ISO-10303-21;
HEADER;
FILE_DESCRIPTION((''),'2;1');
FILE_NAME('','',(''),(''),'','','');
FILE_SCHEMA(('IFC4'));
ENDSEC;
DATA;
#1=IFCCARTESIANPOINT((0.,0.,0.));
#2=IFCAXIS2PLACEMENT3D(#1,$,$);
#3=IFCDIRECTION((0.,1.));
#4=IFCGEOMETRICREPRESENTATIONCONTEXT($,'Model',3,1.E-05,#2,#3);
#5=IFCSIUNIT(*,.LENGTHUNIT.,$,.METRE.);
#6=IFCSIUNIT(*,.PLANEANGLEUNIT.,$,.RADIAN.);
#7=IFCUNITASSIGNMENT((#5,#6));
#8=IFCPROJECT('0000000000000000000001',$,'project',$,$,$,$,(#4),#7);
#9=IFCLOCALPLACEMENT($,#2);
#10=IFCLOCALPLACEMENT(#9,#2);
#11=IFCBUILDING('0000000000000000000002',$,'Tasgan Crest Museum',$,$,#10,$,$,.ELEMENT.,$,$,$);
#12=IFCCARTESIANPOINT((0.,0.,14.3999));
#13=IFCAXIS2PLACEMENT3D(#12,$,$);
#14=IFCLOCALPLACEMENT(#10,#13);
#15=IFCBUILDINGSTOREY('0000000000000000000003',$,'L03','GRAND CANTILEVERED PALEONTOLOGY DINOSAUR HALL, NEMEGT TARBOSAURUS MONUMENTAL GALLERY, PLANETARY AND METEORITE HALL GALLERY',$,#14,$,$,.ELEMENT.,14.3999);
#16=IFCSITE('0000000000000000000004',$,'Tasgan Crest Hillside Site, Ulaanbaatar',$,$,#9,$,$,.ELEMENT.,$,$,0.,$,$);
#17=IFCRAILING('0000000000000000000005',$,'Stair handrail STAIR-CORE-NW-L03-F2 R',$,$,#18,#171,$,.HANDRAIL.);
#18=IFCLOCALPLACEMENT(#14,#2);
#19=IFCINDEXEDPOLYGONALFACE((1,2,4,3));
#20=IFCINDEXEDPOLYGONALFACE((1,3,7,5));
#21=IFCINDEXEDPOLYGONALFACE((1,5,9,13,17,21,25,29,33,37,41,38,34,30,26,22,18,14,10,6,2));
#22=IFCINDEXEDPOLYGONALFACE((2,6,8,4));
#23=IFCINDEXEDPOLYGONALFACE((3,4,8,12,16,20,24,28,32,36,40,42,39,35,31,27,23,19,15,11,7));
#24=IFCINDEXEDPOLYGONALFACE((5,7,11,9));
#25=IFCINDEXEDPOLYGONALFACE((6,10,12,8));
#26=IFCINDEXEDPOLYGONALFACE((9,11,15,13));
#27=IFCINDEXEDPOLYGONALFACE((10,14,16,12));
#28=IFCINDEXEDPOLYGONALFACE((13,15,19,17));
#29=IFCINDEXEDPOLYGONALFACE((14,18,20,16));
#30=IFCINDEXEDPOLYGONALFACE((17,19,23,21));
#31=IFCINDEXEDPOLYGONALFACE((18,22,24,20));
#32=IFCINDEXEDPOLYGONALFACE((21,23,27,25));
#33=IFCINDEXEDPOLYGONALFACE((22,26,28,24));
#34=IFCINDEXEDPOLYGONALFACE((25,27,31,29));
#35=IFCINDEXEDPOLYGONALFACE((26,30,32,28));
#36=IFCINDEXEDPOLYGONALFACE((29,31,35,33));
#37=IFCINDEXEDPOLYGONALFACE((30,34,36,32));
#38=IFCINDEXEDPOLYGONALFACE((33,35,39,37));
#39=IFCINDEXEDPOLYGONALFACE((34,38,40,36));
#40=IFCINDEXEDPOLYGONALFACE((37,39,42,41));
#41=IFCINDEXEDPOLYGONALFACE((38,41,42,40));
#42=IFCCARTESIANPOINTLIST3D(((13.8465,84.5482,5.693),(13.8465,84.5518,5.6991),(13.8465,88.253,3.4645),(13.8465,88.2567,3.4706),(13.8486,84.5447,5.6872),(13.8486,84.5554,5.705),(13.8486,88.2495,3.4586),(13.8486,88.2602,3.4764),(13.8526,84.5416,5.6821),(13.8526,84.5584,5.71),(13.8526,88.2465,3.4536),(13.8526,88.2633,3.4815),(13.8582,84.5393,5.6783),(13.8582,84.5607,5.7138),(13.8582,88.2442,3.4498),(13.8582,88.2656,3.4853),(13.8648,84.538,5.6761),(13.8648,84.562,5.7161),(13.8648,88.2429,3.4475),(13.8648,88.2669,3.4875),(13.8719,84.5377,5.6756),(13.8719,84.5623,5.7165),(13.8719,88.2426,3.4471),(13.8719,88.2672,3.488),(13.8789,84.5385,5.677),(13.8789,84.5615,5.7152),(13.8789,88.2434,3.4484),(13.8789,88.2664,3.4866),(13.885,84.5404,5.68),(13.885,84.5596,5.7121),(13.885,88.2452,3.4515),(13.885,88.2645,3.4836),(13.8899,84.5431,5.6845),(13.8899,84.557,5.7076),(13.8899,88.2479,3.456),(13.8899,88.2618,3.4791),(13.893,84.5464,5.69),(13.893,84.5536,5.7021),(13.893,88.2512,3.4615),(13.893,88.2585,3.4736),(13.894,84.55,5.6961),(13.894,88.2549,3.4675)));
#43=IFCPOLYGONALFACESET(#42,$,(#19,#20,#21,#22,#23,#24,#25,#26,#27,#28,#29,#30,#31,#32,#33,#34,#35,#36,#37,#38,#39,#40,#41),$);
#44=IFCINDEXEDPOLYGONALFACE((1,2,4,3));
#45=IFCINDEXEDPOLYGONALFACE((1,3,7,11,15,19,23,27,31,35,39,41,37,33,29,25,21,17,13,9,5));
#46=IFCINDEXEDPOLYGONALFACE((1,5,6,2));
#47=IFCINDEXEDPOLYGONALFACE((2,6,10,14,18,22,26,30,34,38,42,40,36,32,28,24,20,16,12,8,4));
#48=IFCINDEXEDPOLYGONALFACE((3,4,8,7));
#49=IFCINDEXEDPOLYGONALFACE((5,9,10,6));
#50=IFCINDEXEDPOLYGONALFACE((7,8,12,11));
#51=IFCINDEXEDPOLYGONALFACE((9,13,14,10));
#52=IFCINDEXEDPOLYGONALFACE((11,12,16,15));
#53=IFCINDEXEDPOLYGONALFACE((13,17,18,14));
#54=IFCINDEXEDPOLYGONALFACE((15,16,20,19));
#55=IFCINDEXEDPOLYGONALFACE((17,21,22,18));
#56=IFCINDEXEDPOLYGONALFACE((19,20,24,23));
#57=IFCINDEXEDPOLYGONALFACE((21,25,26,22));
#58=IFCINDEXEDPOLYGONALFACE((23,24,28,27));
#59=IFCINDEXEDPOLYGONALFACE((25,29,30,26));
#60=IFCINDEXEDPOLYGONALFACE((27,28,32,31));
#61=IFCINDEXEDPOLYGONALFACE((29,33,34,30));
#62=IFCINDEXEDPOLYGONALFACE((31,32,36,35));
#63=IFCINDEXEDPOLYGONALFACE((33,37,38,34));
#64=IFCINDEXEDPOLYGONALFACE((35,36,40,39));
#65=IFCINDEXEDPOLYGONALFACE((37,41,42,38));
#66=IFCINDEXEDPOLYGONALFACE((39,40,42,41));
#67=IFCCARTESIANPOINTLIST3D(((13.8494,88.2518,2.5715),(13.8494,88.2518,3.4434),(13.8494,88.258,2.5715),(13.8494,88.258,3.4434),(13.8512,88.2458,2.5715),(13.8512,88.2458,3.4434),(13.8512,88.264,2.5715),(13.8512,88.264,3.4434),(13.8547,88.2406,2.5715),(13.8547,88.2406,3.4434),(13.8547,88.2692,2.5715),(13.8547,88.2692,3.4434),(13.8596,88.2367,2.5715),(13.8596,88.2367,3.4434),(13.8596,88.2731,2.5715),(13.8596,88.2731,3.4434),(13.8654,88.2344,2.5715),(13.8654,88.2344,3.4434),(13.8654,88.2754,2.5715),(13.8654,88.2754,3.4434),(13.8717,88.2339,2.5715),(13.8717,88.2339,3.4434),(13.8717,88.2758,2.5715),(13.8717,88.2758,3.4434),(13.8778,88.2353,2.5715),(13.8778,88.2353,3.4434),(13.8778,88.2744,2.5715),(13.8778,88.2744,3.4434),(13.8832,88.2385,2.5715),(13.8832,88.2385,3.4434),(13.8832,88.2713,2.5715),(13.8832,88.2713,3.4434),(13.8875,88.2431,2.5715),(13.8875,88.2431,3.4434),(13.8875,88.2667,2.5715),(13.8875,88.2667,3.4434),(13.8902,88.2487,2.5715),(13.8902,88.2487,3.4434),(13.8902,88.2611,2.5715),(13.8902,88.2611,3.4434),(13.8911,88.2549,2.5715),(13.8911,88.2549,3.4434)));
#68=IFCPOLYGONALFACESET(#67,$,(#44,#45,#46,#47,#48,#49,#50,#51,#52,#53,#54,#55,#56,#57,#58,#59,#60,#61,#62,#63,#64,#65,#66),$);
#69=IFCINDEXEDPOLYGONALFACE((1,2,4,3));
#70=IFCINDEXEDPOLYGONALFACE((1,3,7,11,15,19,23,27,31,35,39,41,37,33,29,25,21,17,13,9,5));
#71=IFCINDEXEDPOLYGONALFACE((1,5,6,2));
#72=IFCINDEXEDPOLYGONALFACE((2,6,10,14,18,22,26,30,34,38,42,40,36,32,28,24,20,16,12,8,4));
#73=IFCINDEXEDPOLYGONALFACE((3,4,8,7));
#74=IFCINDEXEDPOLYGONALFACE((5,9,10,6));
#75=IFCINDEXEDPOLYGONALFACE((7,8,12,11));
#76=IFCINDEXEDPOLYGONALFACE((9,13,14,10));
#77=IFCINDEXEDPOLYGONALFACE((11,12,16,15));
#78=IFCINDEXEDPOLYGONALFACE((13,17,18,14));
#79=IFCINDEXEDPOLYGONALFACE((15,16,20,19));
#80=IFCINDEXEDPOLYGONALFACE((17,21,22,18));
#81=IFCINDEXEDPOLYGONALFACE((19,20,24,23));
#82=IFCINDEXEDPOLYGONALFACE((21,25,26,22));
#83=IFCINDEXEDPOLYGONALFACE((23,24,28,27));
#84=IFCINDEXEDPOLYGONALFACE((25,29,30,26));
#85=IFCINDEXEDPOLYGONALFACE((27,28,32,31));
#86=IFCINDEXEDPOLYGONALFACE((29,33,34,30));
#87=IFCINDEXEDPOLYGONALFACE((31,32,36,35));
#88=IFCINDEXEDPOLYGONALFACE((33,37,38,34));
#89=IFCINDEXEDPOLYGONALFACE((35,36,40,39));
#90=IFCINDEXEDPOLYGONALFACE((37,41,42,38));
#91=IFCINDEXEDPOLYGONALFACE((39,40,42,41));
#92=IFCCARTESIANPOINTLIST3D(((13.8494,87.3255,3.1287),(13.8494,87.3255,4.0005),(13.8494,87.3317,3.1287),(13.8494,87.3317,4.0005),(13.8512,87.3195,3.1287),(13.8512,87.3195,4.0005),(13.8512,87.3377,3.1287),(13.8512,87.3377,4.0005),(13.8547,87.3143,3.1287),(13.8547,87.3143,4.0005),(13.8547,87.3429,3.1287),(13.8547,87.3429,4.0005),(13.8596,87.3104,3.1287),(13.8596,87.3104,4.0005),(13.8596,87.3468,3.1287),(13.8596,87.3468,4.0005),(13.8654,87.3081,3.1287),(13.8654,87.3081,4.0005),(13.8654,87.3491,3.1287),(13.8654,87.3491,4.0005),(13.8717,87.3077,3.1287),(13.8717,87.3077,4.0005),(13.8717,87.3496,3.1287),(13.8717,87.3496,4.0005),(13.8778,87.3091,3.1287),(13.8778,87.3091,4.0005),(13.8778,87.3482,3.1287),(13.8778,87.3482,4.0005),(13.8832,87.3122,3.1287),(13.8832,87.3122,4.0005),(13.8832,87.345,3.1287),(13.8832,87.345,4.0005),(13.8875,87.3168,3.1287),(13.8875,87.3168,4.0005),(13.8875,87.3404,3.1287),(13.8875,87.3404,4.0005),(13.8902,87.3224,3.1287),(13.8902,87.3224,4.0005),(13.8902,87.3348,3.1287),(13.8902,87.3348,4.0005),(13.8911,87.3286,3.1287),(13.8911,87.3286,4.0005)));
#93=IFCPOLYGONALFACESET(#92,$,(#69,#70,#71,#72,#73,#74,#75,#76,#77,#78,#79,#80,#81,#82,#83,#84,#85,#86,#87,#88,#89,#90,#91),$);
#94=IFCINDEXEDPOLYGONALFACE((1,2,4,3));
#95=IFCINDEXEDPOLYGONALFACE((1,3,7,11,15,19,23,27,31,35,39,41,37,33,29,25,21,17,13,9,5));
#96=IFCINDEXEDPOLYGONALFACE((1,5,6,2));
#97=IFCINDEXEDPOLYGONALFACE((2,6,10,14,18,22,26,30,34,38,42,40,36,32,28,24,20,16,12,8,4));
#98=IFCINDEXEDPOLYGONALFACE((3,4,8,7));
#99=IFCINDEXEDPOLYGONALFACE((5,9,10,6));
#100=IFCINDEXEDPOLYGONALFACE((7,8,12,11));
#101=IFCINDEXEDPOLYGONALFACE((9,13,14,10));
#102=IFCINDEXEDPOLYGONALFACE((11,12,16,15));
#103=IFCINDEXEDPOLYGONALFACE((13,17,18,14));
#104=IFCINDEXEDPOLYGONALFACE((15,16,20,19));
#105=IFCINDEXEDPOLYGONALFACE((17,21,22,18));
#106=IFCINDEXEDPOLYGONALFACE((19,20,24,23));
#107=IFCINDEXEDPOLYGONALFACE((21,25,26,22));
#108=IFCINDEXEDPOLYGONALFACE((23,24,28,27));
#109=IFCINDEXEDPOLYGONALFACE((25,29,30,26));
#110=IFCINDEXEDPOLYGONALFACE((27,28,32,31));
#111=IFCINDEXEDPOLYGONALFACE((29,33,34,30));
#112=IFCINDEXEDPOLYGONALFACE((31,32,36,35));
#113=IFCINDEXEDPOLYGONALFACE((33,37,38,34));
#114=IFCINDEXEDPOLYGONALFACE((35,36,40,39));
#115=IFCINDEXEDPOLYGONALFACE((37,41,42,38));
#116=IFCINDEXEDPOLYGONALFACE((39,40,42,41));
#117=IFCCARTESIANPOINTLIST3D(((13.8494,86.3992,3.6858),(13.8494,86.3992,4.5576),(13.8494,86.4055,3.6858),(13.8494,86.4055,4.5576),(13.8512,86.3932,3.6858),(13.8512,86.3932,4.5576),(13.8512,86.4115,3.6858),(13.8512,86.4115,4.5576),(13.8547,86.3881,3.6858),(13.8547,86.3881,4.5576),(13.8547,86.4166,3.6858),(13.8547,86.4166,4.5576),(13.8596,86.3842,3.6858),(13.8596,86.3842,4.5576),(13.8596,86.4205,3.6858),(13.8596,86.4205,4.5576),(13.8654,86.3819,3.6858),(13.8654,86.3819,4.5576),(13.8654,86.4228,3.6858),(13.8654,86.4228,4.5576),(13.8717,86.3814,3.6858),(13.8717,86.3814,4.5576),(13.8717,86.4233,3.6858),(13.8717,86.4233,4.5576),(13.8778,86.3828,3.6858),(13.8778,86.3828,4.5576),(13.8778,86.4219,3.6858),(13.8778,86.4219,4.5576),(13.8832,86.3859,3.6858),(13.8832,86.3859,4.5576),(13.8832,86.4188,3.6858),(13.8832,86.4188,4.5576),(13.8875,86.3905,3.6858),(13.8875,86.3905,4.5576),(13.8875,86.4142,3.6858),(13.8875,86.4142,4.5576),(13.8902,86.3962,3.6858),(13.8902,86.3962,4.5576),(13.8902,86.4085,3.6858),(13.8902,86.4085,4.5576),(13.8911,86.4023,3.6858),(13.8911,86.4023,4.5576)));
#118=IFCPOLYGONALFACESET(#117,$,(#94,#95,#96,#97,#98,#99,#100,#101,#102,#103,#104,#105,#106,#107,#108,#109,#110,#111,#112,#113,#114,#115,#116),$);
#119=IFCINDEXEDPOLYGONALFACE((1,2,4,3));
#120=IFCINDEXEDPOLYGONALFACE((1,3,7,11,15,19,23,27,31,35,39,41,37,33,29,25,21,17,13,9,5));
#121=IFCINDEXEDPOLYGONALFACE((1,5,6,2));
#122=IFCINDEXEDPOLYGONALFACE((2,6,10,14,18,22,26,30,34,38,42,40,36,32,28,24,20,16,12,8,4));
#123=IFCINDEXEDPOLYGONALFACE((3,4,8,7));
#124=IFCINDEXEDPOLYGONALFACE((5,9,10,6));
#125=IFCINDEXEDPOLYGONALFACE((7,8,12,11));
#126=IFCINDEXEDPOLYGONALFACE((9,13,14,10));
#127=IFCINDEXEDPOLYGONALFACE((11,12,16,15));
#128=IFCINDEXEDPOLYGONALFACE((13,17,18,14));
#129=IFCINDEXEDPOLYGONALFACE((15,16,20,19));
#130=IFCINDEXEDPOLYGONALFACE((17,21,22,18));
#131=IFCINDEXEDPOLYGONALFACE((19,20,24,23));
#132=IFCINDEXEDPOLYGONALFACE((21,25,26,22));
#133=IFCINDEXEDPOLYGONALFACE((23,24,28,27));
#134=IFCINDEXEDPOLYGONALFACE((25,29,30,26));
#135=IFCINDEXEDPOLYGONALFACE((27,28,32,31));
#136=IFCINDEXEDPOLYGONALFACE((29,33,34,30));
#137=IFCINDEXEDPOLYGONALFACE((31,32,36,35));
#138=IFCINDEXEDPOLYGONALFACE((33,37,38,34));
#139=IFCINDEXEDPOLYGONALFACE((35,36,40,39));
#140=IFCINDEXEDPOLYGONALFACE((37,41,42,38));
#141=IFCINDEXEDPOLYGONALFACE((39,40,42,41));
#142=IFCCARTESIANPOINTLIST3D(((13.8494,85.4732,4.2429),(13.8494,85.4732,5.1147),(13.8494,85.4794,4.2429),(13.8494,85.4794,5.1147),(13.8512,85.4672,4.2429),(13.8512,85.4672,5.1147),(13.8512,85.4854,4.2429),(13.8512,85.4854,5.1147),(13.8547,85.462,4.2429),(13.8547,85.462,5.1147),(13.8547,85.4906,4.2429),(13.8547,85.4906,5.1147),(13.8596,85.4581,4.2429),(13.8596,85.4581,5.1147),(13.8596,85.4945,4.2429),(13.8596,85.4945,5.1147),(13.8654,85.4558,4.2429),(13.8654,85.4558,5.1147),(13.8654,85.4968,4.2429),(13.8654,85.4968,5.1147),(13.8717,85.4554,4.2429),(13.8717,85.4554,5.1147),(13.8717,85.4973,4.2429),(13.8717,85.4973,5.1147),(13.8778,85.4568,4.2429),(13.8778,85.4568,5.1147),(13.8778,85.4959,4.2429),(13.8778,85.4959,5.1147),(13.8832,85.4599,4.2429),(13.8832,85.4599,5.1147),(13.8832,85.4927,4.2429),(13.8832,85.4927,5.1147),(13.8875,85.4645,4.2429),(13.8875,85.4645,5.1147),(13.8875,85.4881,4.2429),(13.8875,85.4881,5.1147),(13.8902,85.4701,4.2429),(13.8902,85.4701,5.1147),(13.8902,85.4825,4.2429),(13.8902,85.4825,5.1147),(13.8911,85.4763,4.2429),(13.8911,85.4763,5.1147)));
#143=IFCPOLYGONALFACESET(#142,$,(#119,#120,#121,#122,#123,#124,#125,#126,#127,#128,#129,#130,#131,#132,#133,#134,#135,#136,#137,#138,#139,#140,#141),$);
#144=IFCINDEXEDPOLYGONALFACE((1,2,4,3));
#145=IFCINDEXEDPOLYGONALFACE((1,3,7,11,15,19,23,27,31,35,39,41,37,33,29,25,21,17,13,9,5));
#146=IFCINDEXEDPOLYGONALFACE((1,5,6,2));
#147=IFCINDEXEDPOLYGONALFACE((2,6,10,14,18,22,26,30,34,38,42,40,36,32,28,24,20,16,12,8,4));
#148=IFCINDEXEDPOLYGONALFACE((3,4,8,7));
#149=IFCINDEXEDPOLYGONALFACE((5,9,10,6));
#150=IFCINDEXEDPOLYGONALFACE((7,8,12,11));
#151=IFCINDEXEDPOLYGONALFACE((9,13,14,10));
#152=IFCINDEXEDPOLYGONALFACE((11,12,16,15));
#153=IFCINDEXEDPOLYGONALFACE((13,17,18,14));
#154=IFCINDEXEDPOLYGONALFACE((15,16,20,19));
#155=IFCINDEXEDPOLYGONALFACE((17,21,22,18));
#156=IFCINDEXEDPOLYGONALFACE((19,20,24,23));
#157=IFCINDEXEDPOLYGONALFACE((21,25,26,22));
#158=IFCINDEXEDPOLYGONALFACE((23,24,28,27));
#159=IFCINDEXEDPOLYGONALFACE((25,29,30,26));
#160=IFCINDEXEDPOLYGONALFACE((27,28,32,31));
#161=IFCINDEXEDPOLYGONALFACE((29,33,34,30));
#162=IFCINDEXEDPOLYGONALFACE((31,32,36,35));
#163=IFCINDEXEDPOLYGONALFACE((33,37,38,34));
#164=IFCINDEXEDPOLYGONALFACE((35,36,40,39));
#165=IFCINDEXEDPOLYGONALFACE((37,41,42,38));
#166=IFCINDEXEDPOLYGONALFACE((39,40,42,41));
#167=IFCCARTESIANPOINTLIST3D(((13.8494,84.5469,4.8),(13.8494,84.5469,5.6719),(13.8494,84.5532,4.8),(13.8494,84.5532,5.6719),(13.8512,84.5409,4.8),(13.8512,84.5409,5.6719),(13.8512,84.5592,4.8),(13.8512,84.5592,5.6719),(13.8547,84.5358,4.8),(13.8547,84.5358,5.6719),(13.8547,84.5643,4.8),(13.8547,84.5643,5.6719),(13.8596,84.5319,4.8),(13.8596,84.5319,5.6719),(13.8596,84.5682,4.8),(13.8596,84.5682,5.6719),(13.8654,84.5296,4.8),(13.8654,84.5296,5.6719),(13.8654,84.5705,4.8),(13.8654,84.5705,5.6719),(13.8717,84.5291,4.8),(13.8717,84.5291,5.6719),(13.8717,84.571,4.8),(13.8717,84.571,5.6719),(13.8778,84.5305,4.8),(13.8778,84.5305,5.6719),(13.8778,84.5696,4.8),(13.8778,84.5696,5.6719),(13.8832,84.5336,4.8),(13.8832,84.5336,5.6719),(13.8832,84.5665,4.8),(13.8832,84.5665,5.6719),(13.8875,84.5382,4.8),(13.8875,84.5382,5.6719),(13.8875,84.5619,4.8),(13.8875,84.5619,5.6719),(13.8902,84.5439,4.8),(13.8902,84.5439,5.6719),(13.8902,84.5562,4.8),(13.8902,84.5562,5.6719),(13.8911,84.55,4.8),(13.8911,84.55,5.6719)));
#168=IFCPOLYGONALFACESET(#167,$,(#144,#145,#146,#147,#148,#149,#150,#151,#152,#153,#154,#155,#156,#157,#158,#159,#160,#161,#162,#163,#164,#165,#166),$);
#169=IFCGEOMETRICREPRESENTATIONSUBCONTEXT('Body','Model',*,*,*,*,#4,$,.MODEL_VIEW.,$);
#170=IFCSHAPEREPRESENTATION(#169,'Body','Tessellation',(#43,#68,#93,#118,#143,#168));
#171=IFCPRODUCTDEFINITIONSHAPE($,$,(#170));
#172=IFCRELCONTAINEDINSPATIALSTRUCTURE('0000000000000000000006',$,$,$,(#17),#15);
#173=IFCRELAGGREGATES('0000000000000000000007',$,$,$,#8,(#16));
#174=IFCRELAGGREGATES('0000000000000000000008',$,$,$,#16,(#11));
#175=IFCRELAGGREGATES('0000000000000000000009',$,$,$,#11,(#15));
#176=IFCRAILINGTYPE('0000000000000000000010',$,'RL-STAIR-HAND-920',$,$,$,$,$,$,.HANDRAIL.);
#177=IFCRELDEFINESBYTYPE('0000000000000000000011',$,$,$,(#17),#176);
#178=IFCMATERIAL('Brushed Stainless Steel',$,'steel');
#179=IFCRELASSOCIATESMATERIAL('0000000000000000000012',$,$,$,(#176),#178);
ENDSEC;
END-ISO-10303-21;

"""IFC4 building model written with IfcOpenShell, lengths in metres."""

from ifc_helpers import new_model, si_unit, direction, frame, origin, origin_2d, place, context, subcontext, project, spatial, circle, extrude, material, type_object, element, save


model = new_model("IFC4")

# Units and contexts
model_context = context("Model", 3, precision=1e-05, world=origin(), true_north=direction((0.0, 1.0)))
body_context = subcontext(model_context, "Body", "Model", "MODEL_VIEW")
ifc_project = project(units=[si_unit("LENGTHUNIT", "METRE"), si_unit("PLANEANGLEUNIT", "RADIAN")], contexts=[model_context])

# Site, building, storey
site_placement = place(None, origin())
site = spatial("IfcSite", under=ifc_project, at=site_placement, Name="Tasgan Crest Hillside Site, Ulaanbaatar", CompositionType="ELEMENT", RefElevation=0.0)
building_placement = place(site_placement, origin())
building = spatial("IfcBuilding", under=site, at=building_placement, Name="Tasgan Crest Museum", CompositionType="ELEMENT")
storey_placement = place(building_placement, frame((0.0, 0.0, 14.3999)))
storey = spatial("IfcBuildingStorey", under=building, at=storey_placement, Name="L03", Description="GRAND CANTILEVERED PALEONTOLOGY DINOSAUR HALL, NEMEGT TARBOSAURUS MONUMENTAL GALLERY, PLANETARY AND METEORITE HALL GALLERY", CompositionType="ELEMENT", Elevation=14.3999)

# Railing
ifc_material_1 = material(Name="Brushed Stainless Steel", Category="steel")
railing_type_1 = type_object("IfcRailingType", Name="RL-STAIR-HAND-920", PredefinedType="HANDRAIL", material=ifc_material_1)
railing_1_placement = place(storey_placement, frame((13.8701, 88.2549, 2.5715)))
element("IfcRailing", 1, at=railing_1_placement, inside=storey, type_object=railing_type_1, Name="Stair handrail STAIR-CORE-NW-L03-F2 R", PredefinedType="HANDRAIL", context=body_context, shape_type="SweptSolid", body=[
    extrude(circle(Radius=0.0239, at=origin_2d()), frame((0.0, 0.0, 0.896), z_axis=(0.0, -0.856919, 0.51545), x_axis=(1.0, 0.0, 0.0)), (0.0, 0.0, 1.0), 4.3235),
    extrude(circle(Radius=0.021, at=origin_2d()), origin(), (0.0, 0.0, 1.0), 0.8718),
    extrude(circle(Radius=0.021, at=origin_2d()), frame((0.0, -0.9263, 0.5571)), (0.0, 0.0, 1.0), 0.8718),
    extrude(circle(Radius=0.021, at=origin_2d()), frame((0.0, -1.8525, 1.1143)), (0.0, 0.0, 1.0), 0.8718),
    extrude(circle(Radius=0.021, at=origin_2d()), frame((0.0, -2.7786, 1.6714)), (0.0, 0.0, 1.0), 0.8718),
    extrude(circle(Radius=0.021, at=origin_2d()), frame((0.0, -3.7048, 2.2285)), (0.0, 0.0, 1.0), 0.8718),
])

save(model, "model.ifc")
